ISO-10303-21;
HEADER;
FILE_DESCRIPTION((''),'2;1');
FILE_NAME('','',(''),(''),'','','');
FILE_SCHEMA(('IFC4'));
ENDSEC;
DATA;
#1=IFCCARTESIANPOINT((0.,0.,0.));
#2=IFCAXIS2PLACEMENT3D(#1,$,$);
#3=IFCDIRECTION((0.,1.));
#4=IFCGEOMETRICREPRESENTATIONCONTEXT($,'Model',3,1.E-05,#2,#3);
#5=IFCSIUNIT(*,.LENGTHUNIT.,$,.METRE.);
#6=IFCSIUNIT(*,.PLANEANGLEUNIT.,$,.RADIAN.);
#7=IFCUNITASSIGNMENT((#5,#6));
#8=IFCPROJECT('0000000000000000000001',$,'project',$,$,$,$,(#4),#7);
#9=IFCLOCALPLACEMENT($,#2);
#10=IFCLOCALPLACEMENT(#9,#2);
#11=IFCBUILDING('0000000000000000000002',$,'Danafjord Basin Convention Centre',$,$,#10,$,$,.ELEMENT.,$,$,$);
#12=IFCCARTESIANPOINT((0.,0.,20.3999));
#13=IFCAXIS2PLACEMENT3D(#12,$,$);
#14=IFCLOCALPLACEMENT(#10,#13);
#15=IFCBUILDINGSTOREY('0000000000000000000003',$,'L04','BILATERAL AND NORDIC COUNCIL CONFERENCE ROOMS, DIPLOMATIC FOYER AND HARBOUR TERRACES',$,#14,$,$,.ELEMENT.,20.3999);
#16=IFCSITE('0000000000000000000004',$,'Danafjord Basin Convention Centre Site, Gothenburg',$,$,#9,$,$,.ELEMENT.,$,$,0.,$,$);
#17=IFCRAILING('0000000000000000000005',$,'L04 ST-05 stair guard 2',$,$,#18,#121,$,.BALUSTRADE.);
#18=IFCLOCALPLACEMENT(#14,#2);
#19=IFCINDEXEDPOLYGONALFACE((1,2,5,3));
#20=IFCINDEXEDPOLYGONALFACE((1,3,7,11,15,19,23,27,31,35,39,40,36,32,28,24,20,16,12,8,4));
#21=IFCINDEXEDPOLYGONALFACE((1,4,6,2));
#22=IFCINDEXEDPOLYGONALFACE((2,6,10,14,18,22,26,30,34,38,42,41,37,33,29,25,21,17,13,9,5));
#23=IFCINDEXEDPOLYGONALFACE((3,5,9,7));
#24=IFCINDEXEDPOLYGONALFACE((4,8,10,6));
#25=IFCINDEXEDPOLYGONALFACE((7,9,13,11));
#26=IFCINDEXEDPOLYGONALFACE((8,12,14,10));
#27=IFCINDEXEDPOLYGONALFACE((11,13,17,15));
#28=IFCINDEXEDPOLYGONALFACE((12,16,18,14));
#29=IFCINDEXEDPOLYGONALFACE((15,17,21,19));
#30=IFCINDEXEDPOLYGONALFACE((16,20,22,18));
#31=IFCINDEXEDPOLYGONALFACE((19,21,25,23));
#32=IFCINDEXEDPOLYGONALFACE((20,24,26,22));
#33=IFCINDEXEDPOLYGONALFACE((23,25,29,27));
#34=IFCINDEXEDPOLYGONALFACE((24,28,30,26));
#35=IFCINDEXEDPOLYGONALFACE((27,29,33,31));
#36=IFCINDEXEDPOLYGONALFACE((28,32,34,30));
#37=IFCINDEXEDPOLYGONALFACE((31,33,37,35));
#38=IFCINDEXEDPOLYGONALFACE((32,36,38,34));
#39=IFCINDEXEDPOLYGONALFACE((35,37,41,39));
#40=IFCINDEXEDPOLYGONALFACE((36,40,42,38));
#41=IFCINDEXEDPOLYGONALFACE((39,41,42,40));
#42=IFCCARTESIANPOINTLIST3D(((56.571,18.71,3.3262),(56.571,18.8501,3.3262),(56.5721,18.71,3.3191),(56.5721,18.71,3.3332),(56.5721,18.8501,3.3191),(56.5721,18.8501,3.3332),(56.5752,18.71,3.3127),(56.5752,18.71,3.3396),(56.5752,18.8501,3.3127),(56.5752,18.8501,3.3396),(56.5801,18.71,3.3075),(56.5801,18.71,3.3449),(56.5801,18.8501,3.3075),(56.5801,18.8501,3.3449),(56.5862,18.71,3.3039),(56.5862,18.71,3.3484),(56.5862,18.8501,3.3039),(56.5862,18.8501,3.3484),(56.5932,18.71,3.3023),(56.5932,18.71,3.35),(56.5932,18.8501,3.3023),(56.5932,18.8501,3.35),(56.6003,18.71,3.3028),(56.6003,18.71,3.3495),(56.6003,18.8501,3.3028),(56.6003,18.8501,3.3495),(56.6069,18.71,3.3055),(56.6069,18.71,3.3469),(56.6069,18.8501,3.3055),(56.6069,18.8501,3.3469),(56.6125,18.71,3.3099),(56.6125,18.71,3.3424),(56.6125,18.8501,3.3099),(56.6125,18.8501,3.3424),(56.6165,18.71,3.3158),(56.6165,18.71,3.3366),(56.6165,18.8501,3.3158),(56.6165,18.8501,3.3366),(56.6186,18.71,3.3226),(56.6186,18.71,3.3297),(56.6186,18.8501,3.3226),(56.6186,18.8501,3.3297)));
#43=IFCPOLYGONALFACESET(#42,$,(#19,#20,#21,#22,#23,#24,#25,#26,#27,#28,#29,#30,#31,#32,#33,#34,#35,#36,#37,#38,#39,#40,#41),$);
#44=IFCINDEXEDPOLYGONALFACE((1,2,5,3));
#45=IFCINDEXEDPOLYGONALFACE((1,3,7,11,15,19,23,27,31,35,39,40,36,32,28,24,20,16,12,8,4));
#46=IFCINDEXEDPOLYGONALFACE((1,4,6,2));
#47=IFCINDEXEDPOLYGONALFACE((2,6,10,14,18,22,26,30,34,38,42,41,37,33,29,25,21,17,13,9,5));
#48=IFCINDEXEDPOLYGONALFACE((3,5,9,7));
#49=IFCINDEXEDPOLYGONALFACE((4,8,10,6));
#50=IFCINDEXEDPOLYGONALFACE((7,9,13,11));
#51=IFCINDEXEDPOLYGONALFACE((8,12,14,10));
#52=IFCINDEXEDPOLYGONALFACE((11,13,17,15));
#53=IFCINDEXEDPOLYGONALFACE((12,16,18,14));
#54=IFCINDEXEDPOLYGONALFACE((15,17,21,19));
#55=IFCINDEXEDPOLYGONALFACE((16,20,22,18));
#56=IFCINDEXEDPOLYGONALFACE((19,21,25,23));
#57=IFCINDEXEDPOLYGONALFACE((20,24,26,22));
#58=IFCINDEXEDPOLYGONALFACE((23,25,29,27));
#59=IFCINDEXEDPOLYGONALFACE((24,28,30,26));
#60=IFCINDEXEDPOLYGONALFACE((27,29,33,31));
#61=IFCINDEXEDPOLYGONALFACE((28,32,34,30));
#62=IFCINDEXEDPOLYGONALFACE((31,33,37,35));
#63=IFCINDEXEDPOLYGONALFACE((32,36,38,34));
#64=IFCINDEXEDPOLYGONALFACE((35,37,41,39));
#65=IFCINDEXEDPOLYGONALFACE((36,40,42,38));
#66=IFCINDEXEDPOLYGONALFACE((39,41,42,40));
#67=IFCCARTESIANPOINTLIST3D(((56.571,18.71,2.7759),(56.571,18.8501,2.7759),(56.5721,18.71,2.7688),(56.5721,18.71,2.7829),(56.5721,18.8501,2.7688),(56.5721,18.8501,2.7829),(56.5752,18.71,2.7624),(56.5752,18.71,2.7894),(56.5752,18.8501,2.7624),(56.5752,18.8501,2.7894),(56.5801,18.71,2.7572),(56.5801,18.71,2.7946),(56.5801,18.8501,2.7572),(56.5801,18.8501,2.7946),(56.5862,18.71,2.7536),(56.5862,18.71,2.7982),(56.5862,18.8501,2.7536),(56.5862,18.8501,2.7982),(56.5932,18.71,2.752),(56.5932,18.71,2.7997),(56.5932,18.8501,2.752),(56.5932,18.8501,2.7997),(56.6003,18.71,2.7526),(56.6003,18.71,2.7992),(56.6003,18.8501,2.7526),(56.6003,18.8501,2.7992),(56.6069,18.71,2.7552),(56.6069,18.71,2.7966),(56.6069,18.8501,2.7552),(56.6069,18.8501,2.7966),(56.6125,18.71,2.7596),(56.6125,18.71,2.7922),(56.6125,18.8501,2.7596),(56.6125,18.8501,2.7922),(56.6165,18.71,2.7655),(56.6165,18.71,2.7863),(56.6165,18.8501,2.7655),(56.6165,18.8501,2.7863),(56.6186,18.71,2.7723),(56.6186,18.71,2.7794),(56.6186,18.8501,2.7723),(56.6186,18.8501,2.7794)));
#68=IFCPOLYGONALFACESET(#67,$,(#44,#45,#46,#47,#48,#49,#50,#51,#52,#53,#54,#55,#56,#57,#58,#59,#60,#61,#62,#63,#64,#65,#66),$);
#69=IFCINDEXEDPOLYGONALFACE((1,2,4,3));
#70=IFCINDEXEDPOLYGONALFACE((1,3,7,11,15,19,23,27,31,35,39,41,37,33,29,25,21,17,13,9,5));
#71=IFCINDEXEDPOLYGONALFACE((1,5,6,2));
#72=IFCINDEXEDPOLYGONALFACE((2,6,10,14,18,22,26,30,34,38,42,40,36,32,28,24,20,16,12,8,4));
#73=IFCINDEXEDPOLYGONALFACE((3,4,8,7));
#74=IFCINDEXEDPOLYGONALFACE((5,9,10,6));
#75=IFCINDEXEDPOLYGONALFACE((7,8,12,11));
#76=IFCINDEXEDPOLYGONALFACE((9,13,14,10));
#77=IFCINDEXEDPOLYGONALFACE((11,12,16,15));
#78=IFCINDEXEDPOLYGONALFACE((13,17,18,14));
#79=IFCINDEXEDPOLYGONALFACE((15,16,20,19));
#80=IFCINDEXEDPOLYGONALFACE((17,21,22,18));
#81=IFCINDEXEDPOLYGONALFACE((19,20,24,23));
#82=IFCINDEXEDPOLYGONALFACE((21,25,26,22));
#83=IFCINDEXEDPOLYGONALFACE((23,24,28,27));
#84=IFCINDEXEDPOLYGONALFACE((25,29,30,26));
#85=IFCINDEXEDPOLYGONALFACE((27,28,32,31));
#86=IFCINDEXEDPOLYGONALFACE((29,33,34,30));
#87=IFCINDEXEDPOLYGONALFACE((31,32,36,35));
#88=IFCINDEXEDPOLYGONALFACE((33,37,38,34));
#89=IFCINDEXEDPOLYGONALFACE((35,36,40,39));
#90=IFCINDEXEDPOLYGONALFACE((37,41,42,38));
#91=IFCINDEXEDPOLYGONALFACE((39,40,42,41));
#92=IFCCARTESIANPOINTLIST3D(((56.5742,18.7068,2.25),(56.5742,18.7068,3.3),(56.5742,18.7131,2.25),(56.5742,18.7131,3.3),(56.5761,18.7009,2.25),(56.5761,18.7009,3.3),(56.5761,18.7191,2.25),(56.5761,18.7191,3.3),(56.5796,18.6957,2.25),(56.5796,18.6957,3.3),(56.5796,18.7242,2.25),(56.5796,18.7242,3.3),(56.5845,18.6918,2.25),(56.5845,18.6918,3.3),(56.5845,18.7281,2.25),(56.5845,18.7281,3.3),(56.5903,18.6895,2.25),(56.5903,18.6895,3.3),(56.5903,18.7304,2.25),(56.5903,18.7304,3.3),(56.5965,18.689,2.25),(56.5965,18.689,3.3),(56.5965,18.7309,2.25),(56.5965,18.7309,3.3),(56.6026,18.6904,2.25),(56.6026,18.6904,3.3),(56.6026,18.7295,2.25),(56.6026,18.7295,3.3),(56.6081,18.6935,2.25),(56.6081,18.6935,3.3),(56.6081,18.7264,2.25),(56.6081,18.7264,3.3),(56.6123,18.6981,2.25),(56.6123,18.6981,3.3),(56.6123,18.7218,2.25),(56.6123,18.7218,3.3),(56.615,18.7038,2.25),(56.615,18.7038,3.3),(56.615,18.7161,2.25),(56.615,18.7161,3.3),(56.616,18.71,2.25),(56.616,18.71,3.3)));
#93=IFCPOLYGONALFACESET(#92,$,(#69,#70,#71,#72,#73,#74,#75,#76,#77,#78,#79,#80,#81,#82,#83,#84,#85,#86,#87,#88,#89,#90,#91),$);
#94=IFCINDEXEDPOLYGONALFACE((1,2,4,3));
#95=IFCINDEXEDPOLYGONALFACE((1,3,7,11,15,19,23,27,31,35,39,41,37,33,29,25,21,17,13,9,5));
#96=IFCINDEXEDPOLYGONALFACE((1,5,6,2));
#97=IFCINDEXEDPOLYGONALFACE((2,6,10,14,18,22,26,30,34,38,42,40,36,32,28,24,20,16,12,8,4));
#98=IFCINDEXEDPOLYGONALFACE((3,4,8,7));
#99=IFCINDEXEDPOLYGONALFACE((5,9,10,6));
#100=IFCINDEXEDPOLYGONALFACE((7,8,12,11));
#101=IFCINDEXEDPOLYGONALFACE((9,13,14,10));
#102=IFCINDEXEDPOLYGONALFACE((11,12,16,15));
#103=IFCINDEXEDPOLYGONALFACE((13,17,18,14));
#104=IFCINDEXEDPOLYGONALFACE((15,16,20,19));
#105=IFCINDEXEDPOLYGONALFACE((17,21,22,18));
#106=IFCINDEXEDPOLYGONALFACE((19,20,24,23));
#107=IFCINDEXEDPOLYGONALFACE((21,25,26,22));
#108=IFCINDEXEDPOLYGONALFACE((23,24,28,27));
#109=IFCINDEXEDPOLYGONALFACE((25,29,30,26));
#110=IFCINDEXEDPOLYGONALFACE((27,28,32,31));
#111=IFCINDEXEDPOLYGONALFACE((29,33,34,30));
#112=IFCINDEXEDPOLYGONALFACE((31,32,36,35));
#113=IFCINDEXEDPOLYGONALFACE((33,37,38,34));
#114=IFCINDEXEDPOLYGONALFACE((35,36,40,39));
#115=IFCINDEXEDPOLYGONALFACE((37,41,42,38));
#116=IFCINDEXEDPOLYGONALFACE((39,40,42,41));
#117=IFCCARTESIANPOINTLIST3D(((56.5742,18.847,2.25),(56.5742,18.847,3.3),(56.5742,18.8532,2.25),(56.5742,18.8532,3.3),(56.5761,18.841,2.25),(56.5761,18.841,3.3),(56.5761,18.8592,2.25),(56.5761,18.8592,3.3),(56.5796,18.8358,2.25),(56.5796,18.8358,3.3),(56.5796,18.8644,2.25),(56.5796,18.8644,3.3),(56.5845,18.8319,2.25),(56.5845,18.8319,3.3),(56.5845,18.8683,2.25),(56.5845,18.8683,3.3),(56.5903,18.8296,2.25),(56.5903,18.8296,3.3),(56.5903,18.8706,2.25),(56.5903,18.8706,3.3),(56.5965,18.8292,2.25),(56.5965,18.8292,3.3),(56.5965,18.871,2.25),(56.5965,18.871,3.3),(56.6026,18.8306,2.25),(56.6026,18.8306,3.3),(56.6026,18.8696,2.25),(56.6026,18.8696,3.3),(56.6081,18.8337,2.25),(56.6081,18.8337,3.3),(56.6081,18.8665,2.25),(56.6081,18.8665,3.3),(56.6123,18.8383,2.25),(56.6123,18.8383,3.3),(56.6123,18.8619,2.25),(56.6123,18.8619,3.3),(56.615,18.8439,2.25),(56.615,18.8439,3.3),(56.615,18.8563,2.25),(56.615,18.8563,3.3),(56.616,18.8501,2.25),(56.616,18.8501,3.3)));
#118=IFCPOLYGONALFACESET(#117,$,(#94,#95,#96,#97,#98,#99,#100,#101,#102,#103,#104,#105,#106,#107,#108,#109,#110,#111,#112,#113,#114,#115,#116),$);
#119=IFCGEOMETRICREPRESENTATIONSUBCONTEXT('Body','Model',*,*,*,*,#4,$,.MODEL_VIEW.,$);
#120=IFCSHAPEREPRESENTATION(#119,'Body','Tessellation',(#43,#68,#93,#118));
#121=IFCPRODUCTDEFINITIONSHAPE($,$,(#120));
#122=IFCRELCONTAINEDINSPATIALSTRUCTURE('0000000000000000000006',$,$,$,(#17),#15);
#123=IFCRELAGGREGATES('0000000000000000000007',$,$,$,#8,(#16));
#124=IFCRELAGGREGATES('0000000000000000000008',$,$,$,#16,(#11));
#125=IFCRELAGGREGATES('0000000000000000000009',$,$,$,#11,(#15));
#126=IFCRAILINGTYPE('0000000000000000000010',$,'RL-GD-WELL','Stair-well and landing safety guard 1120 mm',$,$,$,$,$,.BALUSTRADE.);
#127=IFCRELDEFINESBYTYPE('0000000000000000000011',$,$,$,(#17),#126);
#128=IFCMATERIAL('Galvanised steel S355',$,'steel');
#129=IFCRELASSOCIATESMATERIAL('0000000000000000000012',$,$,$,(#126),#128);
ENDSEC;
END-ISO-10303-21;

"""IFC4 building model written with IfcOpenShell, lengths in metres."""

from ifc_helpers import new_model, si_unit, direction, frame, origin, origin_2d, place, context, subcontext, project, spatial, circle, extrude, material, type_object, element, save


model = new_model("IFC4")

# Units and contexts
model_context = context("Model", 3, precision=1e-05, world=origin(), true_north=direction((0.0, 1.0)))
body_context = subcontext(model_context, "Body", "Model", "MODEL_VIEW")
ifc_project = project(units=[si_unit("LENGTHUNIT", "METRE"), si_unit("PLANEANGLEUNIT", "RADIAN")], contexts=[model_context])

# Site, building, storey
site_placement = place(None, origin())
site = spatial("IfcSite", under=ifc_project, at=site_placement, Name="Danafjord Basin Convention Centre Site, Gothenburg", CompositionType="ELEMENT", RefElevation=0.0)
building_placement = place(site_placement, origin())
building = spatial("IfcBuilding", under=site, at=building_placement, Name="Danafjord Basin Convention Centre", CompositionType="ELEMENT")
storey_placement = place(building_placement, frame((0.0, 0.0, 20.3999)))
storey = spatial("IfcBuildingStorey", under=building, at=storey_placement, Name="L04", Description="BILATERAL AND NORDIC COUNCIL CONFERENCE ROOMS, DIPLOMATIC FOYER AND HARBOUR TERRACES", CompositionType="ELEMENT", Elevation=20.3999)

# Railing
ifc_material_1 = material(Name="Galvanised steel S355", Category="steel")
railing_type_1 = type_object("IfcRailingType", Name="RL-GD-WELL", Description="Stair-well and landing safety guard 1120 mm", PredefinedType="BALUSTRADE", material=ifc_material_1)
railing_1_placement = place(storey_placement, frame((56.595, 18.71, 2.25)))
element("IfcRailing", 1, at=railing_1_placement, inside=storey, type_object=railing_type_1, Name="L04 ST-05 stair guard 2", PredefinedType="BALUSTRADE", context=body_context, shape_type="SweptSolid", body=[
    extrude(circle(Radius=0.0239, at=origin_2d()), frame((0.0, 0.0, 1.0762), z_axis=(0.0, 1.0, 0.0), x_axis=(-1.0, 0.0, 0.0)), (0.0, 0.0, 1.0), 0.1401),
    extrude(circle(Radius=0.0239, at=origin_2d()), frame((0.0, 0.0, 0.5259), z_axis=(0.0, 1.0, 0.0), x_axis=(-1.0, 0.0, 0.0)), (0.0, 0.0, 1.0), 0.1401),
    extrude(circle(Radius=0.021, at=origin_2d()), origin(), (0.0, 0.0, 1.0), 1.05),
    extrude(circle(Radius=0.021, at=origin_2d()), frame((0.0, 0.1401, 0.0)), (0.0, 0.0, 1.0), 1.05),
])

save(model, "model.ifc")
